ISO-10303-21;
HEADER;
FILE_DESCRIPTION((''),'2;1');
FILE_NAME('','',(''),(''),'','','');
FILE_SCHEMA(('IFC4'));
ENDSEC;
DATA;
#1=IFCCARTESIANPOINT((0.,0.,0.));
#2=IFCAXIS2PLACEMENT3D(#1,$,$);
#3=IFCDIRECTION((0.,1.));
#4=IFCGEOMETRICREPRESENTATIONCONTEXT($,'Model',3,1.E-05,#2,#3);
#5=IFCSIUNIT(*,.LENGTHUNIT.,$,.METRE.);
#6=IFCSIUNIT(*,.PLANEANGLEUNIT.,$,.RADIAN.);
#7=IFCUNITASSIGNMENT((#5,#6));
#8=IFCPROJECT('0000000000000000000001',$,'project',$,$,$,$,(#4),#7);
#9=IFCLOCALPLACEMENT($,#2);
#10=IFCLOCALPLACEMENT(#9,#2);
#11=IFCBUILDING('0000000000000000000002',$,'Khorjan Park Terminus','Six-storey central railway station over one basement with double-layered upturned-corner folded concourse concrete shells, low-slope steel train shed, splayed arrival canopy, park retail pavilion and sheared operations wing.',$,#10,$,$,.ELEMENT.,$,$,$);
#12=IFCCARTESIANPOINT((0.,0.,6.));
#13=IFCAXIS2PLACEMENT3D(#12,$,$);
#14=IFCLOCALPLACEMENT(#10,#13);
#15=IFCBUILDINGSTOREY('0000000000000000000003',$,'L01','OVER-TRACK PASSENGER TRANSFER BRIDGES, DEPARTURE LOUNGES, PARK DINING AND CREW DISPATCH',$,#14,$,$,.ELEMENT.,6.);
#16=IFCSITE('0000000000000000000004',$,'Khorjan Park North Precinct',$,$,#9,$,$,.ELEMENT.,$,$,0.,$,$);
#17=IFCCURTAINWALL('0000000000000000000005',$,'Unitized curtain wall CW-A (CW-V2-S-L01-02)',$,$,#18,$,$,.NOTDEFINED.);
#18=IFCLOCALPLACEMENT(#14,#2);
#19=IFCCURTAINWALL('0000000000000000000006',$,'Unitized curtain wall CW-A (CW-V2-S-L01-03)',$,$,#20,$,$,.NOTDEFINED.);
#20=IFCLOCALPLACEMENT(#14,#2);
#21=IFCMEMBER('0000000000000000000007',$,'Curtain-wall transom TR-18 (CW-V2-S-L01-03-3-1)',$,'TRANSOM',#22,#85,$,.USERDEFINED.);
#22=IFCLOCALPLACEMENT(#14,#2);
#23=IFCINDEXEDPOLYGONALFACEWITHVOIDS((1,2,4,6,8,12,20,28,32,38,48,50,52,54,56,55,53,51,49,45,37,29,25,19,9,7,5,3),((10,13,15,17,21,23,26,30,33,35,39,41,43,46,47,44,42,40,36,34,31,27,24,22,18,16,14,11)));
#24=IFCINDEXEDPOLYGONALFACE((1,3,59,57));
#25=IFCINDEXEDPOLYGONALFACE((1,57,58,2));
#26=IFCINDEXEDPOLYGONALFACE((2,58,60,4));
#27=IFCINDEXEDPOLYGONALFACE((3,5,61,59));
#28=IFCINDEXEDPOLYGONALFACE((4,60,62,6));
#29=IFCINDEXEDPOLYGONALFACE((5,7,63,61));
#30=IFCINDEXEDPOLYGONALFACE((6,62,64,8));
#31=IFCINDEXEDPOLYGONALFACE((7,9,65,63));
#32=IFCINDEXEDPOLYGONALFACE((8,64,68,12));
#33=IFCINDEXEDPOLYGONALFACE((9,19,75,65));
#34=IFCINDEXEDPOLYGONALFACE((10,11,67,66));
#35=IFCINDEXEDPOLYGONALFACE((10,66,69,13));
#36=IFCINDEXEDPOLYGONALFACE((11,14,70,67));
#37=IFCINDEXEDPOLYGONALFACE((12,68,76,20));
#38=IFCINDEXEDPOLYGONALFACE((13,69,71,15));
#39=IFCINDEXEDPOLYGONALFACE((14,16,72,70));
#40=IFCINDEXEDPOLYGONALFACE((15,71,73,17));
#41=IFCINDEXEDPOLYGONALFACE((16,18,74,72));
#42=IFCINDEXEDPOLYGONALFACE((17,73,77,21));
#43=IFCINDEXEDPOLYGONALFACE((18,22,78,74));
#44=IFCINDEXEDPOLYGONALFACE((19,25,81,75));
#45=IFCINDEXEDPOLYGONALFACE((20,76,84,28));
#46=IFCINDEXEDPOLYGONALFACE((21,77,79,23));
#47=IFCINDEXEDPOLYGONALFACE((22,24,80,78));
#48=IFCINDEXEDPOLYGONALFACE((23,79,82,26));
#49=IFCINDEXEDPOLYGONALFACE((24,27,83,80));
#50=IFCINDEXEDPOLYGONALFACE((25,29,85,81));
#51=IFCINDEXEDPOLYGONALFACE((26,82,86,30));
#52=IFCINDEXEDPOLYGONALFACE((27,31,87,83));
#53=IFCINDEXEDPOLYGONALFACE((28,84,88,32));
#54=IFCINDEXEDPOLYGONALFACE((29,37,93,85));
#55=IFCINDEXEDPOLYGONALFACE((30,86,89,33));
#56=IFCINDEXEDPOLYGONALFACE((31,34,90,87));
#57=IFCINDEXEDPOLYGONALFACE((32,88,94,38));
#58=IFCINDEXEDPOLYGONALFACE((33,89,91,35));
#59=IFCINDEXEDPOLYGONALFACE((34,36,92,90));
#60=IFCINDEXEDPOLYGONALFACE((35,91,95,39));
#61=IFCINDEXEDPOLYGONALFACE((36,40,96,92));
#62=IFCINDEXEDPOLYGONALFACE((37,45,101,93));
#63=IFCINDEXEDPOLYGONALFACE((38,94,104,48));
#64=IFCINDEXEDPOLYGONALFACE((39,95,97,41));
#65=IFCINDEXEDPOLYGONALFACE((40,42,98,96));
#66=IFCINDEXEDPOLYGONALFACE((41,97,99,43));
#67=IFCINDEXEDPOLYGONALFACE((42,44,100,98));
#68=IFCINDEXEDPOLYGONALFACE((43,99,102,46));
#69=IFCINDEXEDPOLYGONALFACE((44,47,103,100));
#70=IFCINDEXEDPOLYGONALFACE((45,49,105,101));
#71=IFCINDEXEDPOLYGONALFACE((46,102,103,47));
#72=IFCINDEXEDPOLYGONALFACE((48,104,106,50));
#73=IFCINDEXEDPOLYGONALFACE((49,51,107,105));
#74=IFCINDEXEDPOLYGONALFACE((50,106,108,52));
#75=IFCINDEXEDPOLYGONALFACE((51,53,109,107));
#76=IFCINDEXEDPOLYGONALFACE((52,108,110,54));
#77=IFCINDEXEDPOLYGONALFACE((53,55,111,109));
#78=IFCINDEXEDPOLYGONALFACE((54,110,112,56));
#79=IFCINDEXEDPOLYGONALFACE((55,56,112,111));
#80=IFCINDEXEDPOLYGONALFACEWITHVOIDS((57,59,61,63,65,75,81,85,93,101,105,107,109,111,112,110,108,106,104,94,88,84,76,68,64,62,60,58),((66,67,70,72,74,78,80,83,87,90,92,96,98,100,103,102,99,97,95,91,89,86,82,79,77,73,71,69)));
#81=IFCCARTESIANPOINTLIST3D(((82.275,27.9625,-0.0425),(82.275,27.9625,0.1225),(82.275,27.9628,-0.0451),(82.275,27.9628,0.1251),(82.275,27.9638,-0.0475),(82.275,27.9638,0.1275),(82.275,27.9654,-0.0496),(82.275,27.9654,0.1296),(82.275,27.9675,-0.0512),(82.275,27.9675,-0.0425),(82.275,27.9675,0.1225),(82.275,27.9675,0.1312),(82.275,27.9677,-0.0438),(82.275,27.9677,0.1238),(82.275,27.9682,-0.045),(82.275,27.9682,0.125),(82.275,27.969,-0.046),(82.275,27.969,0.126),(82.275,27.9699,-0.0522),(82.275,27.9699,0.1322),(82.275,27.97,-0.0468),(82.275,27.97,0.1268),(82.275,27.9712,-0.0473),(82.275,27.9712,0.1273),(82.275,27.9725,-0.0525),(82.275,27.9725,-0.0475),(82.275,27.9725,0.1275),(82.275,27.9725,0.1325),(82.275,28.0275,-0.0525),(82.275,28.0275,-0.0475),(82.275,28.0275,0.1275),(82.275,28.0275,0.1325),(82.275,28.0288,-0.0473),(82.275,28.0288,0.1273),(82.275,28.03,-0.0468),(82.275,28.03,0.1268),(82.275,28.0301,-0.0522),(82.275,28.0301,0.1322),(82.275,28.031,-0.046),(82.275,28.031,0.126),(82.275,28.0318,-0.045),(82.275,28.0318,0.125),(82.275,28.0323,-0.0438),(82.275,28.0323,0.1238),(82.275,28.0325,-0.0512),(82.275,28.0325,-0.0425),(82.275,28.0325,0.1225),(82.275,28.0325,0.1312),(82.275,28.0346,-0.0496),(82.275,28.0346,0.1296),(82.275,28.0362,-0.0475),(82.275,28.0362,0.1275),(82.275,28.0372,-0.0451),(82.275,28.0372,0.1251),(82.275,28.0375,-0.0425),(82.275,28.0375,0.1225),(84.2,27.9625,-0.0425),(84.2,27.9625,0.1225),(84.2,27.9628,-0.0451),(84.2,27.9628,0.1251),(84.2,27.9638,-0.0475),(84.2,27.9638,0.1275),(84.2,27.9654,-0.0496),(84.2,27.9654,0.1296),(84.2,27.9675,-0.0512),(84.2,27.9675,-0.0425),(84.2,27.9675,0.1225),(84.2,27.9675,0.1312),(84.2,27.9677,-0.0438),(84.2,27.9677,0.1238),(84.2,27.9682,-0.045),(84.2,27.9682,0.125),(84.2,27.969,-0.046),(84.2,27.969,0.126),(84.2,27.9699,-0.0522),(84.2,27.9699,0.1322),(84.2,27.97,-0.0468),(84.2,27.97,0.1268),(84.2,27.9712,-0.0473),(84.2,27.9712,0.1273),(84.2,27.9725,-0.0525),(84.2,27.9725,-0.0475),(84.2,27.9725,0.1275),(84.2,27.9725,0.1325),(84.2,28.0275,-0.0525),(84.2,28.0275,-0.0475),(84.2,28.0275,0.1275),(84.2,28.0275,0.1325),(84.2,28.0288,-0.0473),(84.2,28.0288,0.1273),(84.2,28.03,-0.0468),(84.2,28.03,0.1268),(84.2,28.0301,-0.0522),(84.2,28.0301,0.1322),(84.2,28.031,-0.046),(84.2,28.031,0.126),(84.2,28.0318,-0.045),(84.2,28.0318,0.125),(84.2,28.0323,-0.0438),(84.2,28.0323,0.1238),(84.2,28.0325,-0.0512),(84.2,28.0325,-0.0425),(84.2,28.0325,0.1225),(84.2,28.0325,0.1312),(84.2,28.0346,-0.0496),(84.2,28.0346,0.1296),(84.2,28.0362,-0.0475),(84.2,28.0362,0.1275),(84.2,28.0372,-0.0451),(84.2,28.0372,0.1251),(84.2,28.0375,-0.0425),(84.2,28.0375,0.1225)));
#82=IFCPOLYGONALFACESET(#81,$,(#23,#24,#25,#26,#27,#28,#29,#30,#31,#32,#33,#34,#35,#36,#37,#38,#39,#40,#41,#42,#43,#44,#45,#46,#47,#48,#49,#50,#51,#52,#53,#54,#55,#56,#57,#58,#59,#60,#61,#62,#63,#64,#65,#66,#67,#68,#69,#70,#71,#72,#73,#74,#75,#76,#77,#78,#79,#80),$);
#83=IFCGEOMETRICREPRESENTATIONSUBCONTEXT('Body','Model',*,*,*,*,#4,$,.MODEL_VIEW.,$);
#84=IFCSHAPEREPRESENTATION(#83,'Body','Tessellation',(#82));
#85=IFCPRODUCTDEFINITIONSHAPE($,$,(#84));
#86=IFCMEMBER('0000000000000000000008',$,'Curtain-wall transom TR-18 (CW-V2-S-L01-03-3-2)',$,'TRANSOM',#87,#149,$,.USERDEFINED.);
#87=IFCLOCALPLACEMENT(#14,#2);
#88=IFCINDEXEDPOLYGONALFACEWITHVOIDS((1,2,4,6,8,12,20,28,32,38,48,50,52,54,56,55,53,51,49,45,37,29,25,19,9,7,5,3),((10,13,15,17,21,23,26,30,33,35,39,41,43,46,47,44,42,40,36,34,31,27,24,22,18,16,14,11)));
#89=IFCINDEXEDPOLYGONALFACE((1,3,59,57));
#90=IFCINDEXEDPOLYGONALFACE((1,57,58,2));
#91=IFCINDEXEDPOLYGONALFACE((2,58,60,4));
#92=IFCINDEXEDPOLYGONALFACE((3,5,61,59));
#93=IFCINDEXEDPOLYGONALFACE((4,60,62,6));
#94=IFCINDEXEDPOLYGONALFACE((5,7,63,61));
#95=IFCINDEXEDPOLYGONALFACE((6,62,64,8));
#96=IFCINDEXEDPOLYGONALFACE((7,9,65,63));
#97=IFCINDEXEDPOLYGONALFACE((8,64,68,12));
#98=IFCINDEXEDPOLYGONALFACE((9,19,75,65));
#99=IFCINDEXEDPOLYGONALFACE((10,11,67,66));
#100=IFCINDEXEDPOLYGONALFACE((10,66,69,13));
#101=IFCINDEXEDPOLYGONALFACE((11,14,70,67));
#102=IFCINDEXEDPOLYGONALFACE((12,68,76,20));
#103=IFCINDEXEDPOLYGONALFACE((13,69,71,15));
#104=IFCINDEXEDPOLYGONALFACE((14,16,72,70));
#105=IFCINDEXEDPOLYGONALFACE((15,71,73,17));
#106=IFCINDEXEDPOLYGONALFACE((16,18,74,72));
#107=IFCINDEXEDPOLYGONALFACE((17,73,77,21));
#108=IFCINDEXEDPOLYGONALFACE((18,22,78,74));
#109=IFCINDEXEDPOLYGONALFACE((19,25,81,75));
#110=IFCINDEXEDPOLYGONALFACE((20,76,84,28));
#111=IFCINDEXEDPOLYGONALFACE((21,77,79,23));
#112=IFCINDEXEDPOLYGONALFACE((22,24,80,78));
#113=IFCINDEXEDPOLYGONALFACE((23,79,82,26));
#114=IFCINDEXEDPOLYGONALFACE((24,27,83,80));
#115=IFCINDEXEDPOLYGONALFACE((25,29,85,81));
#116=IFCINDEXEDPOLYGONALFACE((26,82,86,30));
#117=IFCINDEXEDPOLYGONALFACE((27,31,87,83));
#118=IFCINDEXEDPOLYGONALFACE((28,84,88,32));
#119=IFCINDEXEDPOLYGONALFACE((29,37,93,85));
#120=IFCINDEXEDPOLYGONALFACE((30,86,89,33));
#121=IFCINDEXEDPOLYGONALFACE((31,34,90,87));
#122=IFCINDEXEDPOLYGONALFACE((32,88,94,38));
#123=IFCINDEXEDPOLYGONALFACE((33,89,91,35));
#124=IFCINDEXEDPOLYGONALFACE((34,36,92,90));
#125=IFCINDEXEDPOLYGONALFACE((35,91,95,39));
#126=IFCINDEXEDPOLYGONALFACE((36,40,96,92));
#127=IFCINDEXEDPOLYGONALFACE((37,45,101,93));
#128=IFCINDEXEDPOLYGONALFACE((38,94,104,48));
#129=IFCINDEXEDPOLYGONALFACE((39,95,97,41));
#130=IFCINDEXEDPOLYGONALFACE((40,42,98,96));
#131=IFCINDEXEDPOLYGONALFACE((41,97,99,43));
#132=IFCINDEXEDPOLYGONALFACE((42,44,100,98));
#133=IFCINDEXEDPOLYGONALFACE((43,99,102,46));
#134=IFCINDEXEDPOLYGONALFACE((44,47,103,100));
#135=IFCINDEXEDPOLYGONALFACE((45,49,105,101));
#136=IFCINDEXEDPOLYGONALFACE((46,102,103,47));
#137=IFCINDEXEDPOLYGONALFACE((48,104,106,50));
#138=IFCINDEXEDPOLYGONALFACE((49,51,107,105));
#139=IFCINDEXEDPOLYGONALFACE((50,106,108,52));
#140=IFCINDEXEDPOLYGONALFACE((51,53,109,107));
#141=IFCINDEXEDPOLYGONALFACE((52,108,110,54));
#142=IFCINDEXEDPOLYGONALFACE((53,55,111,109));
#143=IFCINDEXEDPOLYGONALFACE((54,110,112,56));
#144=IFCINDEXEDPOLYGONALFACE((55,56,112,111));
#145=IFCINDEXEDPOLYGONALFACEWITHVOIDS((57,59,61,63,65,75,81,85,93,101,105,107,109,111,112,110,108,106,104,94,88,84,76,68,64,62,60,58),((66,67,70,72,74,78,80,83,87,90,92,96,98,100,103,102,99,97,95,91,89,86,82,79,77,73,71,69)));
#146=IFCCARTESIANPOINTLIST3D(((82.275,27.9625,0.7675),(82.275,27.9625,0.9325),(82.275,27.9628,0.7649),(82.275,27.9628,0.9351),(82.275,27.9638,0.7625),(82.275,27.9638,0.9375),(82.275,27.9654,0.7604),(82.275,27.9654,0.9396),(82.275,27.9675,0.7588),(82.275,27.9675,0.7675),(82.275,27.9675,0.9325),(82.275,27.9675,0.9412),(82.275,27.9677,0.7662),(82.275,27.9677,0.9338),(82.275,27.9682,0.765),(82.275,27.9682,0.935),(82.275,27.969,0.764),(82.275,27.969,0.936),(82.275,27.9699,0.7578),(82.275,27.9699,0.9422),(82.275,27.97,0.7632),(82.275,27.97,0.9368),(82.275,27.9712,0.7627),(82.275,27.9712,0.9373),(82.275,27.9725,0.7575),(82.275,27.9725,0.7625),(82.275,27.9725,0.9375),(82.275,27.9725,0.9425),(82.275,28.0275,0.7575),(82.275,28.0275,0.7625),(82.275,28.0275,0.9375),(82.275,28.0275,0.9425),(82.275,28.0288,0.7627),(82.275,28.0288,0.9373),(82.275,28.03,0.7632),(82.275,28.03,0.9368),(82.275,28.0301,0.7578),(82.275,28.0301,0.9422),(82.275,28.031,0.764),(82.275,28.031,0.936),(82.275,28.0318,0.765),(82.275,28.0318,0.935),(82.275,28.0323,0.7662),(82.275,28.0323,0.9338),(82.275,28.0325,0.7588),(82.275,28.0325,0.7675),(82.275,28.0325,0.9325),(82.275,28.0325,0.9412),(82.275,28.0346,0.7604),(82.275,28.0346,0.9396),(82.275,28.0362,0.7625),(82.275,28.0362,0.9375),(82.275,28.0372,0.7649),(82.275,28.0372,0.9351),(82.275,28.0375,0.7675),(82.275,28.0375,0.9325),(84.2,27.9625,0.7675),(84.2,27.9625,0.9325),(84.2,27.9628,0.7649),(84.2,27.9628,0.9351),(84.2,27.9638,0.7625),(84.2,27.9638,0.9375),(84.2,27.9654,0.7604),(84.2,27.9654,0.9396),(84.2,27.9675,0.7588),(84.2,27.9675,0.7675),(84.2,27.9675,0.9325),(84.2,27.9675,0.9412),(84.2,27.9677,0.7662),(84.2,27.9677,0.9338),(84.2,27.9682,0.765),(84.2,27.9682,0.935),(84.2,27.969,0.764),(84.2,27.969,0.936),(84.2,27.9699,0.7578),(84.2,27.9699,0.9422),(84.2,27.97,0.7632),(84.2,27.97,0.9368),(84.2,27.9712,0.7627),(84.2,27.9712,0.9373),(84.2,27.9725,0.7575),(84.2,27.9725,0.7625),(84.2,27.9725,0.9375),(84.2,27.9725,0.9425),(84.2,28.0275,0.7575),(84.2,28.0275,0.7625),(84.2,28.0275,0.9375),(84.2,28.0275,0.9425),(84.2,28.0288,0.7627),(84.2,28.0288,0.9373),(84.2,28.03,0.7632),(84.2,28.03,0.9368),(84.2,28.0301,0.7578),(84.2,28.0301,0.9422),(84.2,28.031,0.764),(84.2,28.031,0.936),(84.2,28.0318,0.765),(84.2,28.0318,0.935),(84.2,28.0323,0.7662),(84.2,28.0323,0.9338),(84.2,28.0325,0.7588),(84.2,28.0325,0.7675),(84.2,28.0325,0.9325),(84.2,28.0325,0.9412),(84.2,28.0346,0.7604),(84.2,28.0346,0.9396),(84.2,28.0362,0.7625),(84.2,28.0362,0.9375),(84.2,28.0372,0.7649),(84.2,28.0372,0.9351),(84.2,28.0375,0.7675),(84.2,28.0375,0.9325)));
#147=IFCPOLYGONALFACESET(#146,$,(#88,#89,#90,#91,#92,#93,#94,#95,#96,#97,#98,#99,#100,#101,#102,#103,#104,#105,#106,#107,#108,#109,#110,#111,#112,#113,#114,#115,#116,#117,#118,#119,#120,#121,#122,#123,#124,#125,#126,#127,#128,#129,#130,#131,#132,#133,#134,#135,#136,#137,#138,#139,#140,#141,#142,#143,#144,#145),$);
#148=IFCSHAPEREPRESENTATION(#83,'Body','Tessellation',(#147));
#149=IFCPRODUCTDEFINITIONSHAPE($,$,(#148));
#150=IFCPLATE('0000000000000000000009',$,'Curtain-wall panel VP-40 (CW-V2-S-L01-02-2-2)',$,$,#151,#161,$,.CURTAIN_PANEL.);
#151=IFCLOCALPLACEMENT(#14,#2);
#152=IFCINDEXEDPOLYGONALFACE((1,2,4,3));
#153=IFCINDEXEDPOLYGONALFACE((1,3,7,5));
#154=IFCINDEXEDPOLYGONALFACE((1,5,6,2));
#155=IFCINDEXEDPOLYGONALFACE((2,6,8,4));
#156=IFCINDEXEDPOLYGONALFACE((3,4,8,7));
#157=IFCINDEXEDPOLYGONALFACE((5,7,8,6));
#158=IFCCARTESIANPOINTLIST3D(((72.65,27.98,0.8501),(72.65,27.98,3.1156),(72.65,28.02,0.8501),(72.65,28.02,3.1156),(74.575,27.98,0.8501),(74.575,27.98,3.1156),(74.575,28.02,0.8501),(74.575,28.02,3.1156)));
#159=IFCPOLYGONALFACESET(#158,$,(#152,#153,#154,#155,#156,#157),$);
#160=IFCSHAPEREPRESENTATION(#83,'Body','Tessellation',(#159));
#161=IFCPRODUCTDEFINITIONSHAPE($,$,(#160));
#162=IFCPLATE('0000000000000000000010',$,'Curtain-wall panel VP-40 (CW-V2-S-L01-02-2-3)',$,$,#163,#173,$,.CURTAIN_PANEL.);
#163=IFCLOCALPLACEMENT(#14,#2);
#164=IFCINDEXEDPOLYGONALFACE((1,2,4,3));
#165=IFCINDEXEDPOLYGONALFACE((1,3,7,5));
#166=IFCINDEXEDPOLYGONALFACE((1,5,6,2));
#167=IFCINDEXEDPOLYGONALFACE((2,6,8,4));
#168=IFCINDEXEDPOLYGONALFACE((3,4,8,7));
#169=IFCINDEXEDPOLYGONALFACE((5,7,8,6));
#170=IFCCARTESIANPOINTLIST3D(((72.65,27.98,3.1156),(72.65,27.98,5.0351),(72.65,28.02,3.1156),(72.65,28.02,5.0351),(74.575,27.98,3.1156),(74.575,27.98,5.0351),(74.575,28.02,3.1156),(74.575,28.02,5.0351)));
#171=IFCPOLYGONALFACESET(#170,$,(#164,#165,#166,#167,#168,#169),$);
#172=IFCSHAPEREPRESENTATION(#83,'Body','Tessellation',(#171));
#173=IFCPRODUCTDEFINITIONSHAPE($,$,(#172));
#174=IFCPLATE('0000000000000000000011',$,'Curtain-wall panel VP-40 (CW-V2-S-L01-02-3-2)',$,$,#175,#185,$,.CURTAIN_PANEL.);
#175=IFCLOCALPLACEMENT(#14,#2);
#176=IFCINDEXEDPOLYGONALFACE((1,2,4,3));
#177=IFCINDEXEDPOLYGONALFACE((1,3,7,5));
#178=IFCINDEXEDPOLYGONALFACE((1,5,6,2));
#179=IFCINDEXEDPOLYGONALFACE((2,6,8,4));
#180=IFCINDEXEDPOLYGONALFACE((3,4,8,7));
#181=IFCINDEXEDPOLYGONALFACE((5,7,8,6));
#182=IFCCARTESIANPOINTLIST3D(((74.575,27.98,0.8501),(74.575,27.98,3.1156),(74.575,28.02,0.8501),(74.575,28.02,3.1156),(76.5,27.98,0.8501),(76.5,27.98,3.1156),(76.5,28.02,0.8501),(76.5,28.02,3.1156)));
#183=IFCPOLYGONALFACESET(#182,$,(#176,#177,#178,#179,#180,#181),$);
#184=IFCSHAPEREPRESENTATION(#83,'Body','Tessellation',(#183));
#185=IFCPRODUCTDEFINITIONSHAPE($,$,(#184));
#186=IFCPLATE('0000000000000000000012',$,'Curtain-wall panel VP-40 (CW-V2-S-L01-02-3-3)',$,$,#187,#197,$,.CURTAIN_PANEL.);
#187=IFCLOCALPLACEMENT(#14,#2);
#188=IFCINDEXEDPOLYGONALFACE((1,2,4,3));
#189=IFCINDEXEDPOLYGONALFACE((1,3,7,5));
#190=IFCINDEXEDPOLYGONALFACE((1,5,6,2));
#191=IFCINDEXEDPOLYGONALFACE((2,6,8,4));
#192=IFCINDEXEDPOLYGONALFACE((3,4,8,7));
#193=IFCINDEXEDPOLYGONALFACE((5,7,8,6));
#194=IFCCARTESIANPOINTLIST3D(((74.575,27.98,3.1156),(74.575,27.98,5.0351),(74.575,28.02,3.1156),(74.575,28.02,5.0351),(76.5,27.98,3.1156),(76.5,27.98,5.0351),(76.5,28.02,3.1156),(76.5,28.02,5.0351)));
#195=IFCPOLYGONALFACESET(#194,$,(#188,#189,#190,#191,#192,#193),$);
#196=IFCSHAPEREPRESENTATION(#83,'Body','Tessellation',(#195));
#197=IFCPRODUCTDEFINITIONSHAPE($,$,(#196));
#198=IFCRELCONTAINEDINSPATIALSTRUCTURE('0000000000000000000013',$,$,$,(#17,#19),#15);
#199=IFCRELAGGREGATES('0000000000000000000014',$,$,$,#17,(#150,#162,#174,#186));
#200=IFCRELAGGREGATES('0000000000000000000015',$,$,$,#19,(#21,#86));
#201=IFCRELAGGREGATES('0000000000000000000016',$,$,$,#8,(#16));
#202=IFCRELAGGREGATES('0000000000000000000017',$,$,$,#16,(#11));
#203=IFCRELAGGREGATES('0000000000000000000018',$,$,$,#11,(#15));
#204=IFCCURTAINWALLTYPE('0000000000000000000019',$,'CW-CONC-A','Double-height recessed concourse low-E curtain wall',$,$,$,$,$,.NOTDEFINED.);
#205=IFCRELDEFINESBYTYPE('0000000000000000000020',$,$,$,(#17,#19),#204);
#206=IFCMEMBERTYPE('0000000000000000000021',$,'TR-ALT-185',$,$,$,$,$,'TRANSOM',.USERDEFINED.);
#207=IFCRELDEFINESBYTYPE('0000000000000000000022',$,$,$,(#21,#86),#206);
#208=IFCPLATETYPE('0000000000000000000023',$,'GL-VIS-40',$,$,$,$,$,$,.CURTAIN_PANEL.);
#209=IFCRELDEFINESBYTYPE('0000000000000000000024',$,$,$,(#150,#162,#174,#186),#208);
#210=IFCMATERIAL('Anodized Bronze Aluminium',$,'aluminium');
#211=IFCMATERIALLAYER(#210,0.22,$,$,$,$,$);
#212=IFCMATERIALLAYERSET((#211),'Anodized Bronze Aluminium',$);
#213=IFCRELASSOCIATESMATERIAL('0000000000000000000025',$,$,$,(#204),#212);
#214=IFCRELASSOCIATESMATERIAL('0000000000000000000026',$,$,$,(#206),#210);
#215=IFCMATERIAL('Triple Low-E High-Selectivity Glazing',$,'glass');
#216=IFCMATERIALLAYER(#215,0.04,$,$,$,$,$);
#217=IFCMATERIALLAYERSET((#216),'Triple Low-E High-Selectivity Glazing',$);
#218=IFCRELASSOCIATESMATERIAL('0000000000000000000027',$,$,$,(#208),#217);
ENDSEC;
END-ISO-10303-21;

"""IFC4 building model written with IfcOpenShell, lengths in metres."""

from ifc_helpers import new_model, si_unit, direction, frame, origin, origin_2d, place, context, subcontext, project, spatial, rectangle, hollow_rectangle, extrude, material, layer, layer_set, material_profile, profile_set, type_object, element, aggregate, save


model = new_model("IFC4")

# Units and contexts
model_context = context("Model", 3, precision=1e-05, world=origin(), true_north=direction((0.0, 1.0)))
body_context = subcontext(model_context, "Body", "Model", "MODEL_VIEW")
ifc_project = project(units=[si_unit("LENGTHUNIT", "METRE"), si_unit("PLANEANGLEUNIT", "RADIAN")], contexts=[model_context])

# Site, building, storey
site_placement = place(None, origin())
site = spatial("IfcSite", under=ifc_project, at=site_placement, Name="Khorjan Park North Precinct", CompositionType="ELEMENT", RefElevation=0.0)
building_placement = place(site_placement, origin())
building = spatial("IfcBuilding", under=site, at=building_placement, Name="Khorjan Park Terminus", Description="Six-storey central railway station over one basement with double-layered upturned-corner folded concourse concrete shells, low-slope steel train shed, splayed arrival canopy, park retail pavilion and sheared operations wing.", CompositionType="ELEMENT")
storey_placement = place(building_placement, frame((0.0, 0.0, 6.0)))
storey = spatial("IfcBuildingStorey", under=building, at=storey_placement, Name="L01", Description="OVER-TRACK PASSENGER TRANSFER BRIDGES, DEPARTURE LOUNGES, PARK DINING AND CREW DISPATCH", CompositionType="ELEMENT", Elevation=6.0)

# Curtain walls
ifc_material_1 = material(Name="Anodized Bronze Aluminium", Category="aluminium")
ifc_layer_1 = layer(ifc_material_1, 0.22)
ifc_layer_set_1 = layer_set([ifc_layer_1], Name="Anodized Bronze Aluminium")
curtain_wall_type = type_object("IfcCurtainWallType", Name="CW-CONC-A", Description="Double-height recessed concourse low-E curtain wall", PredefinedType="NOTDEFINED", material=ifc_layer_set_1)
curtain_wall_1_placement = place(storey_placement, origin())
curtain_wall_1 = element("IfcCurtainWall", 1, at=curtain_wall_1_placement, inside=storey, type_object=curtain_wall_type, Name="Unitized curtain wall CW-A (CW-V2-S-L01-02)", PredefinedType="NOTDEFINED")
curtain_wall_2_placement = place(storey_placement, origin())
curtain_wall_2 = element("IfcCurtainWall", 2, at=curtain_wall_2_placement, inside=storey, type_object=curtain_wall_type, Name="Unitized curtain wall CW-A (CW-V2-S-L01-03)", PredefinedType="NOTDEFINED")

# Members
ifc_material_profile_1 = material_profile(ifc_material_1, hollow_rectangle(XDim=0.075, YDim=0.185, WallThickness=0.005, InnerFilletRadius=0.005, OuterFilletRadius=0.01, at=origin_2d()), Name="ALT 75x185x5")
ifc_profile_set_1 = profile_set([ifc_material_profile_1], Name="Anodized Bronze Aluminium")
member_type_1 = type_object("IfcMemberType", Name="TR-ALT-185", ElementType="TRANSOM", PredefinedType="USERDEFINED", material=ifc_profile_set_1)
member_1_placement = place(storey_placement, frame((82.275, 28.0, 0.04), z_axis=(1.0, 0.0, 0.0), x_axis=(0.0, 1.0, 0.0)))
member_1 = element("IfcMember", 3, at=member_1_placement, type_object=member_type_1, Name="Curtain-wall transom TR-18 (CW-V2-S-L01-03-3-1)", ObjectType="TRANSOM", PredefinedType="USERDEFINED", context=body_context, shape_type="SweptSolid", body=[
    extrude(hollow_rectangle(XDim=0.075, YDim=0.185, WallThickness=0.005, InnerFilletRadius=0.005, OuterFilletRadius=0.01, at=origin_2d()), origin(), (0.0, 0.0, 1.0), 1.925),
])
member_2_placement = place(storey_placement, frame((82.275, 28.0, 0.85), z_axis=(1.0, 0.0, 0.0), x_axis=(0.0, 1.0, 0.0)))
member_2 = element("IfcMember", 4, at=member_2_placement, type_object=member_type_1, Name="Curtain-wall transom TR-18 (CW-V2-S-L01-03-3-2)", ObjectType="TRANSOM", PredefinedType="USERDEFINED", context=body_context, shape_type="SweptSolid", body=[
    extrude(hollow_rectangle(XDim=0.075, YDim=0.185, WallThickness=0.005, InnerFilletRadius=0.005, OuterFilletRadius=0.01, at=origin_2d()), origin(), (0.0, 0.0, 1.0), 1.925),
])

# Plates
ifc_material_2 = material(Name="Triple Low-E High-Selectivity Glazing", Category="glass")
ifc_layer_2 = layer(ifc_material_2, 0.04)
ifc_layer_set_2 = layer_set([ifc_layer_2], Name="Triple Low-E High-Selectivity Glazing")
plate_type_1 = type_object("IfcPlateType", Name="GL-VIS-40", PredefinedType="CURTAIN_PANEL", material=ifc_layer_set_2)
plate_1_placement = place(storey_placement, frame((73.6125, 28.0, 0.8501), z_axis=(0.0, 0.0, 1.0), x_axis=(1.0, 0.0, 0.0)))
plate_1 = element("IfcPlate", 5, at=plate_1_placement, type_object=plate_type_1, Name="Curtain-wall panel VP-40 (CW-V2-S-L01-02-2-2)", PredefinedType="CURTAIN_PANEL", context=body_context, shape_type="SweptSolid", body=[
    extrude(rectangle(XDim=1.925, YDim=0.04, at=origin_2d()), origin(), (0.0, 0.0, 1.0), 2.2655),
])
plate_2_placement = place(storey_placement, frame((73.6125, 28.0, 3.1156), z_axis=(0.0, 0.0, 1.0), x_axis=(1.0, 0.0, 0.0)))
plate_2 = element("IfcPlate", 6, at=plate_2_placement, type_object=plate_type_1, Name="Curtain-wall panel VP-40 (CW-V2-S-L01-02-2-3)", PredefinedType="CURTAIN_PANEL", context=body_context, shape_type="SweptSolid", body=[
    extrude(rectangle(XDim=1.925, YDim=0.04, at=origin_2d()), origin(), (0.0, 0.0, 1.0), 1.9195),
])
plate_3_placement = place(storey_placement, frame((75.5375, 28.0, 0.8501), z_axis=(0.0, 0.0, 1.0), x_axis=(1.0, 0.0, 0.0)))
plate_3 = element("IfcPlate", 7, at=plate_3_placement, type_object=plate_type_1, Name="Curtain-wall panel VP-40 (CW-V2-S-L01-02-3-2)", PredefinedType="CURTAIN_PANEL", context=body_context, shape_type="SweptSolid", body=[
    extrude(rectangle(XDim=1.925, YDim=0.04, at=origin_2d()), origin(), (0.0, 0.0, 1.0), 2.2655),
])
plate_4_placement = place(storey_placement, frame((75.5375, 28.0, 3.1156), z_axis=(0.0, 0.0, 1.0), x_axis=(1.0, 0.0, 0.0)))
plate_4 = element("IfcPlate", 8, at=plate_4_placement, type_object=plate_type_1, Name="Curtain-wall panel VP-40 (CW-V2-S-L01-02-3-3)", PredefinedType="CURTAIN_PANEL", context=body_context, shape_type="SweptSolid", body=[
    extrude(rectangle(XDim=1.925, YDim=0.04, at=origin_2d()), origin(), (0.0, 0.0, 1.0), 1.9195),
])
aggregate(curtain_wall_1, [plate_1, plate_2, plate_3, plate_4])
aggregate(curtain_wall_2, [member_1, member_2])

save(model, "model.ifc")
